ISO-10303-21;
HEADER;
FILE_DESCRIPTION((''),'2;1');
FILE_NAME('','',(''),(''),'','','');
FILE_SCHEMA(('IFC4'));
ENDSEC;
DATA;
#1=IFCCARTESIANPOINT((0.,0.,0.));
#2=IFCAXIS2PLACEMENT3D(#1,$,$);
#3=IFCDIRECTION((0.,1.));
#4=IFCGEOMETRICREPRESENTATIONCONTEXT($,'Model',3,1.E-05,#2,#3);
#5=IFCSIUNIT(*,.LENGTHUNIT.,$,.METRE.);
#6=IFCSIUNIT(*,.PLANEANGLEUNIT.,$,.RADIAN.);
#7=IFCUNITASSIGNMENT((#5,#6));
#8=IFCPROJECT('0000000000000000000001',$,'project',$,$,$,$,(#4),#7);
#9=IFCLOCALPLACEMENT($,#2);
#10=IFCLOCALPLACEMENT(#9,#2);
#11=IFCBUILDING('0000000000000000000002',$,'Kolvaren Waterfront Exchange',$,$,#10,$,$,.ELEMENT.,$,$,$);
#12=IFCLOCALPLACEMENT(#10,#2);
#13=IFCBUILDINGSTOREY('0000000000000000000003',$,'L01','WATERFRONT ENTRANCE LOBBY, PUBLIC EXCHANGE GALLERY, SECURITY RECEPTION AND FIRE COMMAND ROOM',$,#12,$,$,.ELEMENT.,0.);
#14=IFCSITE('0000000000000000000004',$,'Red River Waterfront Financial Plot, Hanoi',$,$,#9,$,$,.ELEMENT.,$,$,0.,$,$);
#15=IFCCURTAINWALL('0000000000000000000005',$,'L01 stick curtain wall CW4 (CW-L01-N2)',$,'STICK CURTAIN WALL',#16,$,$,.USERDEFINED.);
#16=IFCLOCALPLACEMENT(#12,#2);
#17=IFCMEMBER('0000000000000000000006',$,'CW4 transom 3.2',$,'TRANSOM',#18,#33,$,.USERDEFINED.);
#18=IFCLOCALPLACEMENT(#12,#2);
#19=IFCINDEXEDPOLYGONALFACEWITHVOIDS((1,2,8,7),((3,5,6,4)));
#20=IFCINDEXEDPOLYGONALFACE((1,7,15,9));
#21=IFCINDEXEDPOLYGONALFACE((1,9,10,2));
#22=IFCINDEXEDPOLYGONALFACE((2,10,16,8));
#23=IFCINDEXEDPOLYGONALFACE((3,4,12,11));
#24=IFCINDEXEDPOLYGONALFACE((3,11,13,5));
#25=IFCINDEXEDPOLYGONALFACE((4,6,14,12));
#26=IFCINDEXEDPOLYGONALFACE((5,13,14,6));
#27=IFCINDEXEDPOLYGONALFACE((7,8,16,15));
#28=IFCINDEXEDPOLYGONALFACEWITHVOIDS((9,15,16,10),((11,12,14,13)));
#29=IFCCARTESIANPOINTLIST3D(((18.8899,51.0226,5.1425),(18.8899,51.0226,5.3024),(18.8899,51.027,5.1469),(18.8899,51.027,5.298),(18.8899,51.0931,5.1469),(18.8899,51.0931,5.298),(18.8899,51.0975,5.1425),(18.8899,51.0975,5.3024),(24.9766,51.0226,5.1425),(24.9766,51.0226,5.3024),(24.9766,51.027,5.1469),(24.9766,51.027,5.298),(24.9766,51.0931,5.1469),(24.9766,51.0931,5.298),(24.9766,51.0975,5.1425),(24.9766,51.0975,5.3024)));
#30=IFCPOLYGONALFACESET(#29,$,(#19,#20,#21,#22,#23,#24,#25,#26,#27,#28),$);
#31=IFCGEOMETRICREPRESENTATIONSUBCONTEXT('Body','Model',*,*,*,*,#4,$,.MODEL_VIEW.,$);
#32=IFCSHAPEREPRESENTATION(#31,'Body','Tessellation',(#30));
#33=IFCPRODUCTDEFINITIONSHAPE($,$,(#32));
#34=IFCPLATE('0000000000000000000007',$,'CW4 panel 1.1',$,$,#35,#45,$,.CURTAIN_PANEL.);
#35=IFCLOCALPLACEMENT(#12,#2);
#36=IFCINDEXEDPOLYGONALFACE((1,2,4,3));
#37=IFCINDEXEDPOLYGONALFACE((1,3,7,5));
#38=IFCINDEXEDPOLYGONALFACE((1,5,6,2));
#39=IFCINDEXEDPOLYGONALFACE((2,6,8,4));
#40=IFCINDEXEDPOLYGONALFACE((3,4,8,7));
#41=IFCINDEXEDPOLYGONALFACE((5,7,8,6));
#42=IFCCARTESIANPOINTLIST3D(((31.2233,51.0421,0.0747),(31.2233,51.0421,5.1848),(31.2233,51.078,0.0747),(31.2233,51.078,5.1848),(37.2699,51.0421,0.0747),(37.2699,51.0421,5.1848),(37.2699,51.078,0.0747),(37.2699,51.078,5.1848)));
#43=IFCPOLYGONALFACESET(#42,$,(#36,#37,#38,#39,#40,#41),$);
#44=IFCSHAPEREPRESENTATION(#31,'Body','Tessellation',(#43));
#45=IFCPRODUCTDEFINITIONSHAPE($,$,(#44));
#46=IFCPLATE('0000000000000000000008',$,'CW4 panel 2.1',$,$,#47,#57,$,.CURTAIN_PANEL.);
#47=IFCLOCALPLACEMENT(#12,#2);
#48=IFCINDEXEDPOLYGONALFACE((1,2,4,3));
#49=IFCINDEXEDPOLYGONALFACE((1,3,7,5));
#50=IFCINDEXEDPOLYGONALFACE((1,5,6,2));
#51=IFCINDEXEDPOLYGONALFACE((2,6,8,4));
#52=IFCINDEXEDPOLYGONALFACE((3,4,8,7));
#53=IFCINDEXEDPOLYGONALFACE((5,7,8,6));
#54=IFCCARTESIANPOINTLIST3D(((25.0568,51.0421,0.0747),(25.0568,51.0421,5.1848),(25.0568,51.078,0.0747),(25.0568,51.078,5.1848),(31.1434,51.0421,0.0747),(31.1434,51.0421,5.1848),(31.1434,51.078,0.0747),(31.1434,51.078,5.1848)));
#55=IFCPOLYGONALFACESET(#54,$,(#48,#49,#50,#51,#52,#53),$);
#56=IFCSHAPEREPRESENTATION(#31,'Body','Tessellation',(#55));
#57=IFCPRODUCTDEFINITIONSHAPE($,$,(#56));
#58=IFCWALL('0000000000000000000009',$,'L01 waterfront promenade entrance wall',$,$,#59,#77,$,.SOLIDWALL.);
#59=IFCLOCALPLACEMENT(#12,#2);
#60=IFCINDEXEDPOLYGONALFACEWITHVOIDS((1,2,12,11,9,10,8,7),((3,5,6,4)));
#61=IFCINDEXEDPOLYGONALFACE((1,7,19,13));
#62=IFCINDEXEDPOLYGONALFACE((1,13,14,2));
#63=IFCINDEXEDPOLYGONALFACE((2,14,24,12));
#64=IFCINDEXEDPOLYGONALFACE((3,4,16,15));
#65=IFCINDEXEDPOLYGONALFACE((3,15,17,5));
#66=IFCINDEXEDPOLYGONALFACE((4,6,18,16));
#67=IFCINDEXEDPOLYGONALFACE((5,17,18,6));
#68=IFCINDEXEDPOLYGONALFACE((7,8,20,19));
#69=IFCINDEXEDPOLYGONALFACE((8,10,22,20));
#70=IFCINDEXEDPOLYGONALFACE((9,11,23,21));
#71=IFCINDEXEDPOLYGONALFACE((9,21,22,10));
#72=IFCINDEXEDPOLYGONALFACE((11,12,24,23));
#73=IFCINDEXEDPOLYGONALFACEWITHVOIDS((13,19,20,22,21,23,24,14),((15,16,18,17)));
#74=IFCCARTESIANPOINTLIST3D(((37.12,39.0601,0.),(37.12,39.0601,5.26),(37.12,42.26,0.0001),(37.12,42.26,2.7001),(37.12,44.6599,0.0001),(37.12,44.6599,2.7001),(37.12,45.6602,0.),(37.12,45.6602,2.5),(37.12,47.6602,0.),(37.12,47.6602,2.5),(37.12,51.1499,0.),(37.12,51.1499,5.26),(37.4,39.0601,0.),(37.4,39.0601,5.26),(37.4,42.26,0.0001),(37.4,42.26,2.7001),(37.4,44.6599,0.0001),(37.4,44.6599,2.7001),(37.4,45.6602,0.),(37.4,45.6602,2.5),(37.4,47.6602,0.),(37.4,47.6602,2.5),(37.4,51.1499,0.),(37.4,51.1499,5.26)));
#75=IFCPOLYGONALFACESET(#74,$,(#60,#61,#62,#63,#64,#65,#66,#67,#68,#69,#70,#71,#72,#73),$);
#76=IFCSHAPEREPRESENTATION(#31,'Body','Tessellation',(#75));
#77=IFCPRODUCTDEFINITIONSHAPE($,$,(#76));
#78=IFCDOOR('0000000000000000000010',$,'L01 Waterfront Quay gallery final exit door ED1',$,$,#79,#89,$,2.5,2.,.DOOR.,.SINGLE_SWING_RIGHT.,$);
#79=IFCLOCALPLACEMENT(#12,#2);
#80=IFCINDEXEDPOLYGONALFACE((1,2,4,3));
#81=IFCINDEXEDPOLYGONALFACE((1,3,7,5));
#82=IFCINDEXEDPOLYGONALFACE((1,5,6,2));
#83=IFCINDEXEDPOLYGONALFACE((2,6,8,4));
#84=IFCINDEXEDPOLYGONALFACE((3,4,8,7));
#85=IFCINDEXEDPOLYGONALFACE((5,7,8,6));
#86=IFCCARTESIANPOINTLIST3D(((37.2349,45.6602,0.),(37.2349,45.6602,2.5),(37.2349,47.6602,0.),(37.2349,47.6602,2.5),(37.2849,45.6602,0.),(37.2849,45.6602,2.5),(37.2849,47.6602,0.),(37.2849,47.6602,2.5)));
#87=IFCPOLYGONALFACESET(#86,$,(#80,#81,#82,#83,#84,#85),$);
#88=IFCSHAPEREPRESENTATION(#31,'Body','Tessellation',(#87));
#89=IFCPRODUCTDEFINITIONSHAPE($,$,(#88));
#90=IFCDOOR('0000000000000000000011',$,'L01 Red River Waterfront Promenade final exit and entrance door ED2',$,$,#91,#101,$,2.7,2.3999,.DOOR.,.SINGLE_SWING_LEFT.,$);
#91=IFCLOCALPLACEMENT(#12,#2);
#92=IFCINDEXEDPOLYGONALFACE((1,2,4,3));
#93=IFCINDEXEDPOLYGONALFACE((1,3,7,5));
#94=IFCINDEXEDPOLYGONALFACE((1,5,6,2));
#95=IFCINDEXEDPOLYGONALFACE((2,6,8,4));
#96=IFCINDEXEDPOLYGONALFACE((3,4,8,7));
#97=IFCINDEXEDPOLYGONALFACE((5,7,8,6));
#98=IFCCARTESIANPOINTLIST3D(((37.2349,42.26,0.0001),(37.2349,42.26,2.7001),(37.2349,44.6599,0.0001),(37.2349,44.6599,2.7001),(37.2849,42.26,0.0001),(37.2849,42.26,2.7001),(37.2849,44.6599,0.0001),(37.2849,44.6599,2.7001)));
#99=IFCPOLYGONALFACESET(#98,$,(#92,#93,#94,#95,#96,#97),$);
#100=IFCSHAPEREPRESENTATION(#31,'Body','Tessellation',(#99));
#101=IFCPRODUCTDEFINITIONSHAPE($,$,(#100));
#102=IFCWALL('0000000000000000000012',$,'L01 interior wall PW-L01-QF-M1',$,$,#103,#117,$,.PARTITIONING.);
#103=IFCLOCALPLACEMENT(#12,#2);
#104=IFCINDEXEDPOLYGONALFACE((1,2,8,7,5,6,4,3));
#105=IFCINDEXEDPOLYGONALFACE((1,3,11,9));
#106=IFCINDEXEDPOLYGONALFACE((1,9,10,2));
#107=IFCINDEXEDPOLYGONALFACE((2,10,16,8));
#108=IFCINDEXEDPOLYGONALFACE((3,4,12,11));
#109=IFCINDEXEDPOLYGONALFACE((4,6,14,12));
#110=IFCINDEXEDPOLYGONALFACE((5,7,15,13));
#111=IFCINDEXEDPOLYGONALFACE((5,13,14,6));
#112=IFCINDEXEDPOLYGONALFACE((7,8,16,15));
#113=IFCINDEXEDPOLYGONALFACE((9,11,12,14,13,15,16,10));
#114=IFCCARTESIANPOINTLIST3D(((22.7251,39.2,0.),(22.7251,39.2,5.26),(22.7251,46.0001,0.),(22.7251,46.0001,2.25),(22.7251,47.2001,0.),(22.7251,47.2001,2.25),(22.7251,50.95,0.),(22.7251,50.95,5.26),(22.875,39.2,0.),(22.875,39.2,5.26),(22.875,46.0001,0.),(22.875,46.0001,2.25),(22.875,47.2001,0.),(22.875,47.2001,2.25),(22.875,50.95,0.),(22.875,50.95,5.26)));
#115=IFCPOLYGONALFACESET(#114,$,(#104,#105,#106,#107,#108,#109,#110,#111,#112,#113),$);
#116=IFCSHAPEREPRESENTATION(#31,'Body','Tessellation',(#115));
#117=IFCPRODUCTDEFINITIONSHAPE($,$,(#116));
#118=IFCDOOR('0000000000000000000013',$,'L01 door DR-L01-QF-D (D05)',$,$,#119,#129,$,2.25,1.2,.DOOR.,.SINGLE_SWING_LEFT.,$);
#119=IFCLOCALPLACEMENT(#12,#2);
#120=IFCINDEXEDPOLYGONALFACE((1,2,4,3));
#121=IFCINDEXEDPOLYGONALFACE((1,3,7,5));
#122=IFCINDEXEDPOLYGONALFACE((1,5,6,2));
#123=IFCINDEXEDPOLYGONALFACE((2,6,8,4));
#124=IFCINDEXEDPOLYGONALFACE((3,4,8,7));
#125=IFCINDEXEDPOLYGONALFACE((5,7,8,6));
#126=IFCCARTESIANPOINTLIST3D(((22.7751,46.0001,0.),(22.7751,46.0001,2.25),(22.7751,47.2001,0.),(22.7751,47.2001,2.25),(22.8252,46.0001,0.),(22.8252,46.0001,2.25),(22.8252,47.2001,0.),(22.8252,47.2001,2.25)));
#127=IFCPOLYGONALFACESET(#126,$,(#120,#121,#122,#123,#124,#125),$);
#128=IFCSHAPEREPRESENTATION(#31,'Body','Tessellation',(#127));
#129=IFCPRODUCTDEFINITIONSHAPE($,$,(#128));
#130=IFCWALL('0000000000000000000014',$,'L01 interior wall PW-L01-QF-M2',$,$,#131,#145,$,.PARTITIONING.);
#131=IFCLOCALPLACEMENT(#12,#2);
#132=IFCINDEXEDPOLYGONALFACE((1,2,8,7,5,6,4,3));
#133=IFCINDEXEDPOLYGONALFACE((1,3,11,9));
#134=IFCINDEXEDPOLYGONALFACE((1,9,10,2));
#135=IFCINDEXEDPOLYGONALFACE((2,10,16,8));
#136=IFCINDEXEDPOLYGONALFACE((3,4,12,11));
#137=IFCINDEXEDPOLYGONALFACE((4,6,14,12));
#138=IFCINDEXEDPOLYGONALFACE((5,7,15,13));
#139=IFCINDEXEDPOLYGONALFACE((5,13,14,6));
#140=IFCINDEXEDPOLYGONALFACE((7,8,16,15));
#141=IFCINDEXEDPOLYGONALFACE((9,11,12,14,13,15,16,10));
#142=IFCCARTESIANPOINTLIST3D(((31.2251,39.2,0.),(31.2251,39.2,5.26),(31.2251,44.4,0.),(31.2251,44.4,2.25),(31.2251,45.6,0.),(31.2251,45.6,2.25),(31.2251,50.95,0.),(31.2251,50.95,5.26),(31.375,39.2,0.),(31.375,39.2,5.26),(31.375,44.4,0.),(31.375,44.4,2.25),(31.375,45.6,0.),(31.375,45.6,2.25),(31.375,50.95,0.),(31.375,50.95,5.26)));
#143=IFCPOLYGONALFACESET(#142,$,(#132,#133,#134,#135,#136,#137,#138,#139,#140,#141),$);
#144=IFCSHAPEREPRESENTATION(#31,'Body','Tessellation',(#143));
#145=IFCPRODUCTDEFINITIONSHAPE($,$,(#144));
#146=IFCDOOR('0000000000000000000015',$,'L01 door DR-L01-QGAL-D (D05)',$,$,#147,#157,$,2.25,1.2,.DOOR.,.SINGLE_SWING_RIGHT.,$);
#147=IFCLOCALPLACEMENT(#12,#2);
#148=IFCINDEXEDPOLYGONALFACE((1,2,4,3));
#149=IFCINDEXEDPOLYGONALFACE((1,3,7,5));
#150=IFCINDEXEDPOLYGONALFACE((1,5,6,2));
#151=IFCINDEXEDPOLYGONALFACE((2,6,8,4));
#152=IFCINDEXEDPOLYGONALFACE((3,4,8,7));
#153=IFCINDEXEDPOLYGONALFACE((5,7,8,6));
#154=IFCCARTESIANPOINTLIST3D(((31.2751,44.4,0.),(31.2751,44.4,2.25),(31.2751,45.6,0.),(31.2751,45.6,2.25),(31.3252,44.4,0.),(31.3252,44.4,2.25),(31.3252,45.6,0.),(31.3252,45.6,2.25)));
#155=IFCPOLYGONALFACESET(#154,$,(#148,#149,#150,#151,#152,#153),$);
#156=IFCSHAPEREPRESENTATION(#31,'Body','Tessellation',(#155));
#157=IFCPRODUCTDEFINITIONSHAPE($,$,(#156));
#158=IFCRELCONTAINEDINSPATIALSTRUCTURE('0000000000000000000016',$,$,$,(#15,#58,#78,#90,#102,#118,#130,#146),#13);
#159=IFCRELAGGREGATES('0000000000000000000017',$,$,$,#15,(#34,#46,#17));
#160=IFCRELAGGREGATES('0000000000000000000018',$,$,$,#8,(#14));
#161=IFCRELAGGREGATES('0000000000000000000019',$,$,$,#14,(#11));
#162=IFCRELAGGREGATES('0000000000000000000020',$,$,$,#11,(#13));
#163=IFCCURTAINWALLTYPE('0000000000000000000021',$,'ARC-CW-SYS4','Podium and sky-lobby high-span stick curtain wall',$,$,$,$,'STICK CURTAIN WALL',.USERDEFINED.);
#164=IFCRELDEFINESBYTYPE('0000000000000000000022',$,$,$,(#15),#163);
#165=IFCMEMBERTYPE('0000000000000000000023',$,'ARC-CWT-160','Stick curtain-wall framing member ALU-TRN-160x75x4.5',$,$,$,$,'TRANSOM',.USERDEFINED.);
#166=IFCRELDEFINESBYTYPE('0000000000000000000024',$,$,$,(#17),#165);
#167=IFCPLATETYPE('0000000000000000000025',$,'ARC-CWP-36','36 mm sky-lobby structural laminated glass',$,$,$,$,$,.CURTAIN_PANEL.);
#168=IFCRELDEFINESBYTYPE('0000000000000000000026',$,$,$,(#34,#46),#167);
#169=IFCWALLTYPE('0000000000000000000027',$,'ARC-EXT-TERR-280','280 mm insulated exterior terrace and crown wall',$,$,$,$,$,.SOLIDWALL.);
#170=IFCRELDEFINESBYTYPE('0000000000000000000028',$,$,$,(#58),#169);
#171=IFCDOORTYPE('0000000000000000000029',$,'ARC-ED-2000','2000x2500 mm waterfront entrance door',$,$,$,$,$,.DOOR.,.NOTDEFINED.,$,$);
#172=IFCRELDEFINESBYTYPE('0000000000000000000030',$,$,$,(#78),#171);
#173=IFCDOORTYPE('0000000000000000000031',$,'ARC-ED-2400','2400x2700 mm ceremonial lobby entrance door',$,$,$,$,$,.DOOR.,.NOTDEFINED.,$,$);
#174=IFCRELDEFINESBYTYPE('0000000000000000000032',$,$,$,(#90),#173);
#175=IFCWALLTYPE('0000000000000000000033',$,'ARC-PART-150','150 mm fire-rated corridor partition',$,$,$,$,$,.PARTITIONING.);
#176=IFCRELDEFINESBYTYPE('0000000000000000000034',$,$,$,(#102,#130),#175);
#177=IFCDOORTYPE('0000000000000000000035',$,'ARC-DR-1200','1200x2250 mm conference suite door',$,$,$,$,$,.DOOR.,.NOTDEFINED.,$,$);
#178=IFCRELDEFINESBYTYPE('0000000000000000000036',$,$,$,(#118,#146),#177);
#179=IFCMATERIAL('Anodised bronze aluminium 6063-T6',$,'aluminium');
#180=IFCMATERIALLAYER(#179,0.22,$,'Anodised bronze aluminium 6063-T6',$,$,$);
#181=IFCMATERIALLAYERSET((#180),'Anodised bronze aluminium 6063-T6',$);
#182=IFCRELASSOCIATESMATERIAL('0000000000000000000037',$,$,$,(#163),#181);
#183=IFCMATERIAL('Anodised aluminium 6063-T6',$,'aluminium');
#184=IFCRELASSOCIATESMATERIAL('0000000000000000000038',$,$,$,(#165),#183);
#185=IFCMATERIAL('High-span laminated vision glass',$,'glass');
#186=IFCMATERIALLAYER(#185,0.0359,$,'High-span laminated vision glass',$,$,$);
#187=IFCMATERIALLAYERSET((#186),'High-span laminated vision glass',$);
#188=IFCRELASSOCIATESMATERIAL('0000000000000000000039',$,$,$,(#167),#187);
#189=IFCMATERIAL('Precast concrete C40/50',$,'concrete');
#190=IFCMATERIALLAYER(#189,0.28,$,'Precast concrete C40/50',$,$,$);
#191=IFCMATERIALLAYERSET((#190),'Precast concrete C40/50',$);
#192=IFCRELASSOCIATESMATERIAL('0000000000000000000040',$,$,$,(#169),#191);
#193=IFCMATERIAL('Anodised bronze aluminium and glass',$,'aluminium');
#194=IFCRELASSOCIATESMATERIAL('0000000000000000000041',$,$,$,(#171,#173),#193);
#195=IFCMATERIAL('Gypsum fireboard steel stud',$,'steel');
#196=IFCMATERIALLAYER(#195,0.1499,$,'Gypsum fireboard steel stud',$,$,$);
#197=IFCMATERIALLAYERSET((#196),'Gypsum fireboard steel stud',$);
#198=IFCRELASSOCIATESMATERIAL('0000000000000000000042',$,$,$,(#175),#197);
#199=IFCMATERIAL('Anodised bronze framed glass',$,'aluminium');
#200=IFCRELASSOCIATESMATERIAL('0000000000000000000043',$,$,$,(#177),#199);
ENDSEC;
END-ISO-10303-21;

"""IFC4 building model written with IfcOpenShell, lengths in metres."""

from ifc_helpers import new_model, si_unit, direction, frame, frame_2d, origin, origin_with_axes, origin_2d, place, context, subcontext, project, spatial, rectangle, hollow_rectangle, extrude, source, transform, mapped, material, layer, layer_set, material_profile, profile_set, type_object, element, fill, aggregate, save


model = new_model("IFC4")

# Units and contexts
model_context = context("Model", 3, precision=1e-05, world=origin(), true_north=direction((0.0, 1.0)))
body_context = subcontext(model_context, "Body", "Model", "MODEL_VIEW")
ifc_project = project(units=[si_unit("LENGTHUNIT", "METRE"), si_unit("PLANEANGLEUNIT", "RADIAN")], contexts=[model_context])

# Site, building, storey
site_placement = place(None, origin())
site = spatial("IfcSite", under=ifc_project, at=site_placement, Name="Red River Waterfront Financial Plot, Hanoi", CompositionType="ELEMENT", RefElevation=0.0)
building_placement = place(site_placement, origin())
building = spatial("IfcBuilding", under=site, at=building_placement, Name="Kolvaren Waterfront Exchange", CompositionType="ELEMENT")
storey_placement = place(building_placement, origin())
storey = spatial("IfcBuildingStorey", under=building, at=storey_placement, Name="L01", Description="WATERFRONT ENTRANCE LOBBY, PUBLIC EXCHANGE GALLERY, SECURITY RECEPTION AND FIRE COMMAND ROOM", CompositionType="ELEMENT", Elevation=0.0)

# Curtain wall, member, plates
ifc_material_1 = material(Name="Anodised bronze aluminium 6063-T6", Category="aluminium")
ifc_layer_1 = layer(ifc_material_1, 0.22, Name="Anodised bronze aluminium 6063-T6")
ifc_layer_set_1 = layer_set([ifc_layer_1], Name="Anodised bronze aluminium 6063-T6")
curtain_wall_type = type_object("IfcCurtainWallType", Name="ARC-CW-SYS4", Description="Podium and sky-lobby high-span stick curtain wall", ElementType="STICK CURTAIN WALL", PredefinedType="USERDEFINED", material=ifc_layer_set_1)
curtain_wall_placement = place(storey_placement, origin())
curtain_wall = element("IfcCurtainWall", 1, at=curtain_wall_placement, inside=storey, type_object=curtain_wall_type, Name="L01 stick curtain wall CW4 (CW-L01-N2)", ObjectType="STICK CURTAIN WALL", PredefinedType="USERDEFINED")
ifc_material_2 = material(Name="Anodised aluminium 6063-T6", Category="aluminium")
ifc_material_profile_1 = material_profile(ifc_material_2, hollow_rectangle(XDim=0.075, YDim=0.1599, WallThickness=0.0044, at=origin_2d()), Name="ALU-TRN-160x75x4.5")
ifc_profile_set_1 = profile_set([ifc_material_profile_1], Name="Anodised aluminium 6063-T6")
member_type_1 = type_object("IfcMemberType", Name="ARC-CWT-160", Description="Stick curtain-wall framing member ALU-TRN-160x75x4.5", ElementType="TRANSOM", PredefinedType="USERDEFINED", material=ifc_profile_set_1)
shared_shape_1 = source(origin_with_axes(), body_context, "Body", "SweptSolid", [
    extrude(hollow_rectangle(XDim=0.075, YDim=0.1599, WallThickness=0.0044, at=origin_2d()), origin(), (0.0, 0.0, 1.0), 6.0867),
])
member_1_placement = place(storey_placement, frame((24.9766, 51.0601, 5.2224), z_axis=(-1.0, 0.0, 0.0), x_axis=(0.0, -1.0, 0.0)))
member_1 = element("IfcMember", 2, at=member_1_placement, type_object=member_type_1, Name="CW4 transom 3.2", ObjectType="TRANSOM", PredefinedType="USERDEFINED", context=body_context, shape_type="MappedRepresentation", body=[
    mapped(shared_shape_1, transform((0.0, 0.0, 0.0), x_axis=(1.0, 0.0, 0.0), y_axis=(0.0, 1.0, 0.0), z_axis=(0.0, 0.0, 1.0), scale=1.0)),
])
ifc_material_3 = material(Name="High-span laminated vision glass", Category="glass")
ifc_layer_2 = layer(ifc_material_3, 0.0359, Name="High-span laminated vision glass")
ifc_layer_set_2 = layer_set([ifc_layer_2], Name="High-span laminated vision glass")
plate_type = type_object("IfcPlateType", Name="ARC-CWP-36", Description="36 mm sky-lobby structural laminated glass", PredefinedType="CURTAIN_PANEL", material=ifc_layer_set_2)
shared_shape_2 = source(origin_with_axes(), body_context, "Body", "SweptSolid", [
    extrude(rectangle(XDim=6.0466, YDim=0.0359, at=origin_2d()), origin(), (0.0, 0.0, 1.0), 5.1101),
])
plate_1_placement = place(storey_placement, frame((34.2466, 51.0601, 0.0747), z_axis=(0.0, 0.0, 1.0), x_axis=(-1.0, 0.0, 0.0)))
plate_1 = element("IfcPlate", 3, at=plate_1_placement, type_object=plate_type, Name="CW4 panel 1.1", PredefinedType="CURTAIN_PANEL", context=body_context, shape_type="MappedRepresentation", body=[
    mapped(shared_shape_2, transform((0.0, 0.0, 0.0), x_axis=(1.0, 0.0, 0.0), y_axis=(0.0, 1.0, 0.0), z_axis=(0.0, 0.0, 1.0), scale=1.0)),
])
shared_shape_3 = source(origin_with_axes(), body_context, "Body", "SweptSolid", [
    extrude(rectangle(XDim=6.0867, YDim=0.0359, at=origin_2d()), origin(), (0.0, 0.0, 1.0), 5.1101),
])
plate_2_placement = place(storey_placement, frame((28.1001, 51.0601, 0.0747), z_axis=(0.0, 0.0, 1.0), x_axis=(-1.0, 0.0, 0.0)))
plate_2 = element("IfcPlate", 4, at=plate_2_placement, type_object=plate_type, Name="CW4 panel 2.1", PredefinedType="CURTAIN_PANEL", context=body_context, shape_type="MappedRepresentation", body=[
    mapped(shared_shape_3, transform((0.0, 0.0, 0.0), x_axis=(1.0, 0.0, 0.0), y_axis=(0.0, 1.0, 0.0), z_axis=(0.0, 0.0, 1.0), scale=1.0)),
])
aggregate(curtain_wall, [plate_1, plate_2, member_1])

# Wall, openings, doors
ifc_material_4 = material(Name="Precast concrete C40/50", Category="concrete")
ifc_layer_3 = layer(ifc_material_4, 0.28, Name="Precast concrete C40/50")
ifc_layer_set_3 = layer_set([ifc_layer_3], Name="Precast concrete C40/50")
wall_type_1 = type_object("IfcWallType", Name="ARC-EXT-TERR-280", Description="280 mm insulated exterior terrace and crown wall", PredefinedType="SOLIDWALL", material=ifc_layer_set_3)
wall_1_placement = place(storey_placement, frame((37.26, 39.0601, 0.0), z_axis=(0.0, 0.0, 1.0), x_axis=(0.0, 1.0, 0.0)))
wall_1 = element("IfcWall", 5, at=wall_1_placement, inside=storey, type_object=wall_type_1, Name="L01 waterfront promenade entrance wall", PredefinedType="SOLIDWALL", context=body_context, shape_type="SweptSolid", body=[
    extrude(rectangle(XDim=12.0898, YDim=0.28, at=frame_2d((6.0449, 0.0))), origin(), (0.0, 0.0, 1.0), 5.26),
])
opening_1_placement = place(wall_1_placement, frame((3.2, 0.0, 0.0)))
opening_1 = element("IfcOpeningElement", 6, at=opening_1_placement, cuts=wall_1, PredefinedType="OPENING", context=body_context, shape_type="SweptSolid", body=[
    extrude(rectangle(XDim=2.3999, YDim=2.7, at=frame_2d((1.2, 1.3501))), frame((0.0, 0.1499, 0.0), z_axis=(0.0, -1.0, 0.0), x_axis=(1.0, 0.0, 0.0)), (0.0, 0.0, 1.0), 0.3),
])
opening_2_placement = place(wall_1_placement, frame((6.6001, 0.0, 0.0)))
opening_2 = element("IfcOpeningElement", 7, at=opening_2_placement, cuts=wall_1, PredefinedType="OPENING", context=body_context, shape_type="SweptSolid", body=[
    extrude(rectangle(XDim=2.0, YDim=2.5, at=frame_2d((1.0, 1.25))), frame((0.0, 0.1499, 0.0), z_axis=(0.0, -1.0, 0.0), x_axis=(1.0, 0.0, 0.0)), (0.0, 0.0, 1.0), 0.3),
])
ifc_material_5 = material(Name="Anodised bronze aluminium and glass", Category="aluminium")
door_type_1 = type_object("IfcDoorType", Name="ARC-ED-2000", Description="2000x2500 mm waterfront entrance door", OperationType="NOTDEFINED", PredefinedType="DOOR", material=ifc_material_5)
door_1_placement = place(opening_2_placement, frame((2.0, 0.0, 0.0), z_axis=(0.0, 0.0, 1.0), x_axis=(-1.0, 0.0, 0.0)))
door_1 = element("IfcDoor", 8, at=door_1_placement, inside=storey, type_object=door_type_1, Name="L01 Waterfront Quay gallery final exit door ED1", OperationType="SINGLE_SWING_RIGHT", OverallHeight=2.5, OverallWidth=2.0, PredefinedType="DOOR", context=body_context, shape_type="SweptSolid", body=[
    extrude(rectangle(XDim=2.0, YDim=2.5, at=frame_2d((1.0, 1.25))), frame((0.0, 0.0249, 0.0), z_axis=(0.0, -1.0, 0.0), x_axis=(1.0, 0.0, 0.0)), (0.0, 0.0, 1.0), 0.05),
])
fill(opening_2, door_1)
door_type_2 = type_object("IfcDoorType", Name="ARC-ED-2400", Description="2400x2700 mm ceremonial lobby entrance door", OperationType="NOTDEFINED", PredefinedType="DOOR", material=ifc_material_5)
door_2_placement = place(opening_1_placement, frame((2.3999, 0.0, 0.0), z_axis=(0.0, 0.0, 1.0), x_axis=(-1.0, 0.0, 0.0)))
door_2 = element("IfcDoor", 9, at=door_2_placement, inside=storey, type_object=door_type_2, Name="L01 Red River Waterfront Promenade final exit and entrance door ED2", OperationType="SINGLE_SWING_LEFT", OverallHeight=2.7, OverallWidth=2.3999, PredefinedType="DOOR", context=body_context, shape_type="SweptSolid", body=[
    extrude(rectangle(XDim=2.3999, YDim=2.7, at=frame_2d((1.2, 1.3501))), frame((0.0, 0.0249, 0.0), z_axis=(0.0, -1.0, 0.0), x_axis=(1.0, 0.0, 0.0)), (0.0, 0.0, 1.0), 0.05),
])
fill(opening_1, door_2)

# Walls, openings, doors
ifc_material_6 = material(Name="Gypsum fireboard steel stud", Category="steel")
ifc_layer_4 = layer(ifc_material_6, 0.1499, Name="Gypsum fireboard steel stud")
ifc_layer_set_4 = layer_set([ifc_layer_4], Name="Gypsum fireboard steel stud")
wall_type_2 = type_object("IfcWallType", Name="ARC-PART-150", Description="150 mm fire-rated corridor partition", PredefinedType="PARTITIONING", material=ifc_layer_set_4)
wall_2_placement = place(storey_placement, frame((22.8, 39.2, 0.0), z_axis=(0.0, 0.0, 1.0), x_axis=(0.0, 1.0, 0.0)))
wall_2 = element("IfcWall", 10, at=wall_2_placement, inside=storey, type_object=wall_type_2, Name="L01 interior wall PW-L01-QF-M1", PredefinedType="PARTITIONING", context=body_context, shape_type="SweptSolid", body=[
    extrude(rectangle(XDim=11.75, YDim=0.1499, at=frame_2d((5.875, 0.0))), origin(), (0.0, 0.0, 1.0), 5.26),
])
opening_3_placement = place(wall_2_placement, frame((6.8, 0.0, 0.0)))
opening_3 = element("IfcOpeningElement", 11, at=opening_3_placement, cuts=wall_2, PredefinedType="OPENING", context=body_context, shape_type="SweptSolid", body=[
    extrude(rectangle(XDim=1.2, YDim=2.25, at=frame_2d((0.6001, 1.125))), frame((0.0, 0.085, 0.0), z_axis=(0.0, -1.0, 0.0), x_axis=(1.0, 0.0, 0.0)), (0.0, 0.0, 1.0), 0.1699),
])
ifc_material_7 = material(Name="Anodised bronze framed glass", Category="aluminium")
door_type_3 = type_object("IfcDoorType", Name="ARC-DR-1200", Description="1200x2250 mm conference suite door", OperationType="NOTDEFINED", PredefinedType="DOOR", material=ifc_material_7)
door_3_placement = place(opening_3_placement, origin())
door_3 = element("IfcDoor", 12, at=door_3_placement, inside=storey, type_object=door_type_3, Name="L01 door DR-L01-QF-D (D05)", OperationType="SINGLE_SWING_LEFT", OverallHeight=2.25, OverallWidth=1.2, PredefinedType="DOOR", context=body_context, shape_type="SweptSolid", body=[
    extrude(rectangle(XDim=1.2, YDim=2.25, at=frame_2d((0.6001, 1.125))), frame((0.0, 0.0249, 0.0), z_axis=(0.0, -1.0, 0.0), x_axis=(1.0, 0.0, 0.0)), (0.0, 0.0, 1.0), 0.05),
])
fill(opening_3, door_3)
wall_3_placement = place(storey_placement, frame((31.3, 39.2, 0.0), z_axis=(0.0, 0.0, 1.0), x_axis=(0.0, 1.0, 0.0)))
wall_3 = element("IfcWall", 13, at=wall_3_placement, inside=storey, type_object=wall_type_2, Name="L01 interior wall PW-L01-QF-M2", PredefinedType="PARTITIONING", context=body_context, shape_type="SweptSolid", body=[
    extrude(rectangle(XDim=11.75, YDim=0.1499, at=frame_2d((5.875, 0.0))), origin(), (0.0, 0.0, 1.0), 5.26),
])
opening_4_placement = place(wall_3_placement, frame((5.2, 0.0, 0.0)))
opening_4 = element("IfcOpeningElement", 14, at=opening_4_placement, cuts=wall_3, PredefinedType="OPENING", context=body_context, shape_type="SweptSolid", body=[
    extrude(rectangle(XDim=1.2, YDim=2.25, at=frame_2d((0.6001, 1.125))), frame((0.0, 0.085, 0.0), z_axis=(0.0, -1.0, 0.0), x_axis=(1.0, 0.0, 0.0)), (0.0, 0.0, 1.0), 0.1699),
])
door_4_placement = place(opening_4_placement, origin())
door_4 = element("IfcDoor", 15, at=door_4_placement, inside=storey, type_object=door_type_3, Name="L01 door DR-L01-QGAL-D (D05)", OperationType="SINGLE_SWING_RIGHT", OverallHeight=2.25, OverallWidth=1.2, PredefinedType="DOOR", context=body_context, shape_type="SweptSolid", body=[
    extrude(rectangle(XDim=1.2, YDim=2.25, at=frame_2d((0.6001, 1.125))), frame((0.0, 0.0249, 0.0), z_axis=(0.0, -1.0, 0.0), x_axis=(1.0, 0.0, 0.0)), (0.0, 0.0, 1.0), 0.05),
])
fill(opening_4, door_4)

save(model, "model.ifc")
